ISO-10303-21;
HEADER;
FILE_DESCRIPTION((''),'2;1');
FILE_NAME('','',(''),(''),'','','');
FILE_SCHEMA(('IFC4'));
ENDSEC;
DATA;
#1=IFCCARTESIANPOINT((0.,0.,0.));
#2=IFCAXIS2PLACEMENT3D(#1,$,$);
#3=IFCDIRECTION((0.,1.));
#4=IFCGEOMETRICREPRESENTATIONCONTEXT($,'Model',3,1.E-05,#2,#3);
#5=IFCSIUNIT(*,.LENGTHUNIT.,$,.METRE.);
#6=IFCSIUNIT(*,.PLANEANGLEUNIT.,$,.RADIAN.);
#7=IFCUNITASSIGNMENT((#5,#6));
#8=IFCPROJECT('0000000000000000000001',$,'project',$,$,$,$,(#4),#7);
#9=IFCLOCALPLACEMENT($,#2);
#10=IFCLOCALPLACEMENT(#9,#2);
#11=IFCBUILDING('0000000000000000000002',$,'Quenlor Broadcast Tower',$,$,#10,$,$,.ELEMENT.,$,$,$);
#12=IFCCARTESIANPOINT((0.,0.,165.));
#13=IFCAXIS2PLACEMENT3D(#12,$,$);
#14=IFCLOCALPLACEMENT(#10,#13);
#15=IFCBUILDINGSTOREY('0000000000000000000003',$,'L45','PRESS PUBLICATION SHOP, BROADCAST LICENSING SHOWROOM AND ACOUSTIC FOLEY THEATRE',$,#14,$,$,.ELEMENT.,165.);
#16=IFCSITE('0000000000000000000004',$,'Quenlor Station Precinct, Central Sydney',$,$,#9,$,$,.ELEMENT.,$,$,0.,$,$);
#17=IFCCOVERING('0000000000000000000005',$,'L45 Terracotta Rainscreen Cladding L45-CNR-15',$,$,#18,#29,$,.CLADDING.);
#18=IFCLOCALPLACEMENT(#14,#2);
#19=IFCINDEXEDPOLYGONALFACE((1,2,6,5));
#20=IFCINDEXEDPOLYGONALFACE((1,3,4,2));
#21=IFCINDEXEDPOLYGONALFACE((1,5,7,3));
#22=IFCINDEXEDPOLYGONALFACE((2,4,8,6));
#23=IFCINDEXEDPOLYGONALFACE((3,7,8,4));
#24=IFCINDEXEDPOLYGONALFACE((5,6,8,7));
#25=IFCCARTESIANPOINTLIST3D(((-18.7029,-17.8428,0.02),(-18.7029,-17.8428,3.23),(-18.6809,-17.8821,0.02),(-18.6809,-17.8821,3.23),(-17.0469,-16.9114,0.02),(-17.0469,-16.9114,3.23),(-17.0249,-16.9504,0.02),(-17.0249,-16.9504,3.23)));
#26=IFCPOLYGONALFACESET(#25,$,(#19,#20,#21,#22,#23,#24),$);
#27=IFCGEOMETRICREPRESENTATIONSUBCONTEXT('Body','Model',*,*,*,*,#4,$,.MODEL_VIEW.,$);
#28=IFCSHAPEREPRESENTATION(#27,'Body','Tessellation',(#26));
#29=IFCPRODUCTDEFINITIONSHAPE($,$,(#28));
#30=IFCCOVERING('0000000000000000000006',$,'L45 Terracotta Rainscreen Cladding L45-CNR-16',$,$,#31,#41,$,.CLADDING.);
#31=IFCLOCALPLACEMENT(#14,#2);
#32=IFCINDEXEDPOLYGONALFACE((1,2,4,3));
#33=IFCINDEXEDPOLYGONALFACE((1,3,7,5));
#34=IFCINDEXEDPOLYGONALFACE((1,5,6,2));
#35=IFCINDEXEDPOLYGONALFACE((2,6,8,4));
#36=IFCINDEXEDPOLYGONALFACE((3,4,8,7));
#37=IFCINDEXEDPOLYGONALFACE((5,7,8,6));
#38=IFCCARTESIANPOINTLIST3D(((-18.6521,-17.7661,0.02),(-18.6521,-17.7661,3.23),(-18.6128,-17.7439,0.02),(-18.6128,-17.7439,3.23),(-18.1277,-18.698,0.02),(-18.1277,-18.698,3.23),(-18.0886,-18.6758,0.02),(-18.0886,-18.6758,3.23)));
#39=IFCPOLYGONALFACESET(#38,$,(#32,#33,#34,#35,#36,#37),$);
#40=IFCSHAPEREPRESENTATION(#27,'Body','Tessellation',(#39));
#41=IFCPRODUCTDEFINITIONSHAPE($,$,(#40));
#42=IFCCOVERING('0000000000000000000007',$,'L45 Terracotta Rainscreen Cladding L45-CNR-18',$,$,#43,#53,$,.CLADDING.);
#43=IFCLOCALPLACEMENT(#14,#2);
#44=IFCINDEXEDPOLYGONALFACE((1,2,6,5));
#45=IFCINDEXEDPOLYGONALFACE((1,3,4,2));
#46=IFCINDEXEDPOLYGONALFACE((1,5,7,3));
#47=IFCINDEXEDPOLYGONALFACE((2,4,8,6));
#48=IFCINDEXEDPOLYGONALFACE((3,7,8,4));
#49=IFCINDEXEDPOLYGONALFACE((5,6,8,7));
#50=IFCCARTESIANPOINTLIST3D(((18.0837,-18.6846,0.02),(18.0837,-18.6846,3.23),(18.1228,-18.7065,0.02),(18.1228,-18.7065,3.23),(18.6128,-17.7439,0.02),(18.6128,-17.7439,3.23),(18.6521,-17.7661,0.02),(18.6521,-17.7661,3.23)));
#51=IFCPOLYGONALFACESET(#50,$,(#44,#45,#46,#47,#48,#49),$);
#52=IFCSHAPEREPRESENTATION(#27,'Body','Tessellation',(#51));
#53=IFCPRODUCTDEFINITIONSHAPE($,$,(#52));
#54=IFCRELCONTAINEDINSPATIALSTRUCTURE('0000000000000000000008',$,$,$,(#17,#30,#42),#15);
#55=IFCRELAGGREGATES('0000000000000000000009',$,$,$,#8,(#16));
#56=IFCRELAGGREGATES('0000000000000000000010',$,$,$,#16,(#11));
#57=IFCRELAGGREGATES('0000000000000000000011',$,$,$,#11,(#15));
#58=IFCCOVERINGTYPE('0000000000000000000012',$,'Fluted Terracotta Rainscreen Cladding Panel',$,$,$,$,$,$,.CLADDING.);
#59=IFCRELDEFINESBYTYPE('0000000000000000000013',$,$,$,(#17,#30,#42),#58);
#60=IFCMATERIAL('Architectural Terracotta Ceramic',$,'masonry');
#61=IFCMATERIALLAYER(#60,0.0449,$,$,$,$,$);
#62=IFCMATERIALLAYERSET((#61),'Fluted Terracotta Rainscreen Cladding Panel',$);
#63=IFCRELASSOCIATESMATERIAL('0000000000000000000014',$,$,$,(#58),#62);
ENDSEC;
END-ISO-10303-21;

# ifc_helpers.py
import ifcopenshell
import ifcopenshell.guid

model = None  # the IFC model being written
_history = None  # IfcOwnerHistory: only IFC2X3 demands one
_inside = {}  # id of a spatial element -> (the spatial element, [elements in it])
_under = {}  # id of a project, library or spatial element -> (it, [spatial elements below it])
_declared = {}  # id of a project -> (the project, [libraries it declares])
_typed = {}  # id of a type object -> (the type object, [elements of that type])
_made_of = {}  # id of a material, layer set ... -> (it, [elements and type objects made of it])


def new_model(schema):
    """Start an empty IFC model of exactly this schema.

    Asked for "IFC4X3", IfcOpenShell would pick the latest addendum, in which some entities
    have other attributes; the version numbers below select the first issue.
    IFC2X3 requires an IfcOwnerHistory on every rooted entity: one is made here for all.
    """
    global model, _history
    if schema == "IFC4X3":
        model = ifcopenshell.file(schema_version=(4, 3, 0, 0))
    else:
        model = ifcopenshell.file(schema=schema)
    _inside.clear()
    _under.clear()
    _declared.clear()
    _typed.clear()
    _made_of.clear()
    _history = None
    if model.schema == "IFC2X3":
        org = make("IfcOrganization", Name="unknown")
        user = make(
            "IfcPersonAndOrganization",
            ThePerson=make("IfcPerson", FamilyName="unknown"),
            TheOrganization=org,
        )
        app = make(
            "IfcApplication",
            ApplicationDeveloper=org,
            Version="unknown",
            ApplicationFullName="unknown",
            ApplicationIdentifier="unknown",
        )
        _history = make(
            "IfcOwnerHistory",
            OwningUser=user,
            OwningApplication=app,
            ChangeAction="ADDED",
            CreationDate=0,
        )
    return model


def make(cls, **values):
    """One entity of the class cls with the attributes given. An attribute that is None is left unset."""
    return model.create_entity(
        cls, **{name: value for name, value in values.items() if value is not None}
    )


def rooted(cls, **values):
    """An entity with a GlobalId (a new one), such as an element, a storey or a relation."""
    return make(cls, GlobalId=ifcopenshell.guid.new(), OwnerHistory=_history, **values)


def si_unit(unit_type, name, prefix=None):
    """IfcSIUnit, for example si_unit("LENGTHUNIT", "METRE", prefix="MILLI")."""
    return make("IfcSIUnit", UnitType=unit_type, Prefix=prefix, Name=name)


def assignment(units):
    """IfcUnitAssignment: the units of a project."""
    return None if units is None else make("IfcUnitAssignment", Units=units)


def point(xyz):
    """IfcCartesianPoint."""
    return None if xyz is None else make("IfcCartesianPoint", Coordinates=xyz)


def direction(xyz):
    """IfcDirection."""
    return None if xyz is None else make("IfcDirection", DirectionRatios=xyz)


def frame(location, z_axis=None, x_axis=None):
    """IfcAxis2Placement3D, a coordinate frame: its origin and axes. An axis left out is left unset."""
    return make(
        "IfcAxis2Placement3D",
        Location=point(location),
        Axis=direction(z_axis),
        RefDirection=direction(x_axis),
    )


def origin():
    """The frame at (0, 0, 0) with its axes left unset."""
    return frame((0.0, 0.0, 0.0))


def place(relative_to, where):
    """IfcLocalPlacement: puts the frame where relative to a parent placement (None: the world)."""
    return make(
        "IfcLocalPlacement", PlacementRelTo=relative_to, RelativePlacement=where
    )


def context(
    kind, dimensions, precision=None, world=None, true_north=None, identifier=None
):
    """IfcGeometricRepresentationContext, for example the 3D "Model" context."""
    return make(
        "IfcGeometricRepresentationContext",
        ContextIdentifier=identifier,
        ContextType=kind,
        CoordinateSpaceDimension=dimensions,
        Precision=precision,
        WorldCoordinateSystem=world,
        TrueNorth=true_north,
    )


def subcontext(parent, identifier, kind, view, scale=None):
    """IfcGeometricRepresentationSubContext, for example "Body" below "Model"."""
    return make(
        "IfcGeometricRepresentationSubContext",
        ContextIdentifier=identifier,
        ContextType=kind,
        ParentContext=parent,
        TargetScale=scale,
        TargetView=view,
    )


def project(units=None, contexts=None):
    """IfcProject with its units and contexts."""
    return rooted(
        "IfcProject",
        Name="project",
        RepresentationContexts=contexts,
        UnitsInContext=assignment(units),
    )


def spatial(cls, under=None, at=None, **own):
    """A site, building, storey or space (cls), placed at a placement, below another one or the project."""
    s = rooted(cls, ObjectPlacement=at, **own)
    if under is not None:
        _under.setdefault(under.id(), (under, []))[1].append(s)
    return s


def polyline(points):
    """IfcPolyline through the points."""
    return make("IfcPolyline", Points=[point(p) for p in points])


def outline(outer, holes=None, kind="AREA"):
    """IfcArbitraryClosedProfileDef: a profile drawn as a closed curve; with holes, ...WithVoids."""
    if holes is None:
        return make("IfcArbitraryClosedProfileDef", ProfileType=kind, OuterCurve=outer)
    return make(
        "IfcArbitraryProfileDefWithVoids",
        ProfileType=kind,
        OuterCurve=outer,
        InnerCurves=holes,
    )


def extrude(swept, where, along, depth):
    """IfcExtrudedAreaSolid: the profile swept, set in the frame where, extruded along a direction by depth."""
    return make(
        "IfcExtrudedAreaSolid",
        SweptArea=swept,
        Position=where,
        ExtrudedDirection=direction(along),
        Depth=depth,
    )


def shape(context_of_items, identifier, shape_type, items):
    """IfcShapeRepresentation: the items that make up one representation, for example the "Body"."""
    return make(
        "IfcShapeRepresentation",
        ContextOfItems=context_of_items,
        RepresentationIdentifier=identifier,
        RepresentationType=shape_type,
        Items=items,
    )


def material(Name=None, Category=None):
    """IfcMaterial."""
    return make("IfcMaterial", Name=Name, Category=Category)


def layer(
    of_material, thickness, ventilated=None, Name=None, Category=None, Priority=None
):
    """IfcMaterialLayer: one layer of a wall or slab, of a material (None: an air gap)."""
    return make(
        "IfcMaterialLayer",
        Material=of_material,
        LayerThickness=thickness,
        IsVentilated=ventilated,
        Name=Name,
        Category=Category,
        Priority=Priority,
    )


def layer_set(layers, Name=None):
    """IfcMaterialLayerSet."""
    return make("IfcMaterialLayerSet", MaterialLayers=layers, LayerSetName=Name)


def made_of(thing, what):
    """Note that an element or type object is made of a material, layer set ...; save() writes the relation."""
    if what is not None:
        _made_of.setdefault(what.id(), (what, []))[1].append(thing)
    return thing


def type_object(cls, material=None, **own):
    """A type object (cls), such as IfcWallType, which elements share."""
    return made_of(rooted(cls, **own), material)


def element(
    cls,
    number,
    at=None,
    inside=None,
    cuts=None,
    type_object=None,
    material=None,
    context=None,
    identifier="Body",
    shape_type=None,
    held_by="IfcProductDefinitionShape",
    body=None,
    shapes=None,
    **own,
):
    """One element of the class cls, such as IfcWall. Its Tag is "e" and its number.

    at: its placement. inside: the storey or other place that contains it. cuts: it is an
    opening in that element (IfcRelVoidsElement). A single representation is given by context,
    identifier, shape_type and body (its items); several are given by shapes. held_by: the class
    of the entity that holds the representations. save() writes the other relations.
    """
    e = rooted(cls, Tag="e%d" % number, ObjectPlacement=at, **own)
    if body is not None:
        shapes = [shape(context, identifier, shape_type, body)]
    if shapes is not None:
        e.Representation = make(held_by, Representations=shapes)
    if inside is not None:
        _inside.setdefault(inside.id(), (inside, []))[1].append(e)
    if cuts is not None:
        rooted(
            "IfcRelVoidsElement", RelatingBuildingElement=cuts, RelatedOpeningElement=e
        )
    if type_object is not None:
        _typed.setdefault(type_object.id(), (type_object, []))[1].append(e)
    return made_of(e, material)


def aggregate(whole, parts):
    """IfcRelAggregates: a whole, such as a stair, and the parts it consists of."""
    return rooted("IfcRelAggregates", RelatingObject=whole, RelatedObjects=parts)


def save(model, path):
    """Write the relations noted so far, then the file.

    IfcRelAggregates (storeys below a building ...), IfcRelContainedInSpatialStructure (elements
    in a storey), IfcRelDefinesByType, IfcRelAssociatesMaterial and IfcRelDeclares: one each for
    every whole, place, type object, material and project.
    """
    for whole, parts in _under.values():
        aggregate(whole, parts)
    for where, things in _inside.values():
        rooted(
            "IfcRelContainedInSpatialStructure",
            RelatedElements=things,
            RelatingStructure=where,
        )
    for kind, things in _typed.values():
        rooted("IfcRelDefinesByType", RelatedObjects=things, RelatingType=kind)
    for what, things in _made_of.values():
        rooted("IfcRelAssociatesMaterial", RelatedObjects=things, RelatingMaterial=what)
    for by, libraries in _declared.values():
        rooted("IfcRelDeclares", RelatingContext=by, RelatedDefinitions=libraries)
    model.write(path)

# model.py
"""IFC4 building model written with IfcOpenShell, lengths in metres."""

from ifc_helpers import new_model, si_unit, direction, frame, origin, place, context, subcontext, project, spatial, polyline, outline, extrude, material, layer, layer_set, type_object, element, save


model = new_model("IFC4")

# Units and contexts
model_context = context("Model", 3, precision=1e-05, world=origin(), true_north=direction((0.0, 1.0)))
body_context = subcontext(model_context, "Body", "Model", "MODEL_VIEW")
ifc_project = project(units=[si_unit("LENGTHUNIT", "METRE"), si_unit("PLANEANGLEUNIT", "RADIAN")], contexts=[model_context])

# Site, building, storey
site_placement = place(None, origin())
site = spatial("IfcSite", under=ifc_project, at=site_placement, Name="Quenlor Station Precinct, Central Sydney", CompositionType="ELEMENT", RefElevation=0.0)
building_placement = place(site_placement, origin())
building = spatial("IfcBuilding", under=site, at=building_placement, Name="Quenlor Broadcast Tower", CompositionType="ELEMENT")
storey_placement = place(building_placement, frame((0.0, 0.0, 165.0)))
storey = spatial("IfcBuildingStorey", under=building, at=storey_placement, Name="L45", Description="PRESS PUBLICATION SHOP, BROADCAST LICENSING SHOWROOM AND ACOUSTIC FOLEY THEATRE", CompositionType="ELEMENT", Elevation=165.0)

# Coverings
ifc_material_1 = material(Name="Architectural Terracotta Ceramic", Category="masonry")
ifc_layer_1 = layer(ifc_material_1, 0.0449)
ifc_layer_set_1 = layer_set([ifc_layer_1], Name="Fluted Terracotta Rainscreen Cladding Panel")
covering_type_1 = type_object("IfcCoveringType", Name="Fluted Terracotta Rainscreen Cladding Panel", PredefinedType="CLADDING", material=ifc_layer_set_1)
covering_1_placement = place(storey_placement, frame((0.0, 0.0, 0.02)))
element("IfcCovering", 1, at=covering_1_placement, inside=storey, type_object=covering_type_1, Name="L45 Terracotta Rainscreen Cladding L45-CNR-15", PredefinedType="CLADDING", context=body_context, shape_type="SweptSolid", body=[
    extrude(outline(polyline([(-17.0469, -16.9114), (-18.7029, -17.8428), (-18.6809, -17.8821), (-17.0249, -16.9504), (-17.0469, -16.9114)])), origin(), (0.0, 0.0, 1.0), 3.21),
])
covering_2_placement = place(storey_placement, frame((0.0, 0.0, 0.02)))
element("IfcCovering", 2, at=covering_2_placement, inside=storey, type_object=covering_type_1, Name="L45 Terracotta Rainscreen Cladding L45-CNR-16", PredefinedType="CLADDING", context=body_context, shape_type="SweptSolid", body=[
    extrude(outline(polyline([(-18.6521, -17.7661), (-18.1277, -18.698), (-18.0886, -18.6758), (-18.6128, -17.7439), (-18.6521, -17.7661)])), origin(), (0.0, 0.0, 1.0), 3.21),
])
covering_3_placement = place(storey_placement, frame((0.0, 0.0, 0.02)))
element("IfcCovering", 3, at=covering_3_placement, inside=storey, type_object=covering_type_1, Name="L45 Terracotta Rainscreen Cladding L45-CNR-18", PredefinedType="CLADDING", context=body_context, shape_type="SweptSolid", body=[
    extrude(outline(polyline([(18.1228, -18.7065), (18.6521, -17.7661), (18.6128, -17.7439), (18.0837, -18.6846), (18.1228, -18.7065)])), origin(), (0.0, 0.0, 1.0), 3.21),
])

save(model, "model.ifc")
